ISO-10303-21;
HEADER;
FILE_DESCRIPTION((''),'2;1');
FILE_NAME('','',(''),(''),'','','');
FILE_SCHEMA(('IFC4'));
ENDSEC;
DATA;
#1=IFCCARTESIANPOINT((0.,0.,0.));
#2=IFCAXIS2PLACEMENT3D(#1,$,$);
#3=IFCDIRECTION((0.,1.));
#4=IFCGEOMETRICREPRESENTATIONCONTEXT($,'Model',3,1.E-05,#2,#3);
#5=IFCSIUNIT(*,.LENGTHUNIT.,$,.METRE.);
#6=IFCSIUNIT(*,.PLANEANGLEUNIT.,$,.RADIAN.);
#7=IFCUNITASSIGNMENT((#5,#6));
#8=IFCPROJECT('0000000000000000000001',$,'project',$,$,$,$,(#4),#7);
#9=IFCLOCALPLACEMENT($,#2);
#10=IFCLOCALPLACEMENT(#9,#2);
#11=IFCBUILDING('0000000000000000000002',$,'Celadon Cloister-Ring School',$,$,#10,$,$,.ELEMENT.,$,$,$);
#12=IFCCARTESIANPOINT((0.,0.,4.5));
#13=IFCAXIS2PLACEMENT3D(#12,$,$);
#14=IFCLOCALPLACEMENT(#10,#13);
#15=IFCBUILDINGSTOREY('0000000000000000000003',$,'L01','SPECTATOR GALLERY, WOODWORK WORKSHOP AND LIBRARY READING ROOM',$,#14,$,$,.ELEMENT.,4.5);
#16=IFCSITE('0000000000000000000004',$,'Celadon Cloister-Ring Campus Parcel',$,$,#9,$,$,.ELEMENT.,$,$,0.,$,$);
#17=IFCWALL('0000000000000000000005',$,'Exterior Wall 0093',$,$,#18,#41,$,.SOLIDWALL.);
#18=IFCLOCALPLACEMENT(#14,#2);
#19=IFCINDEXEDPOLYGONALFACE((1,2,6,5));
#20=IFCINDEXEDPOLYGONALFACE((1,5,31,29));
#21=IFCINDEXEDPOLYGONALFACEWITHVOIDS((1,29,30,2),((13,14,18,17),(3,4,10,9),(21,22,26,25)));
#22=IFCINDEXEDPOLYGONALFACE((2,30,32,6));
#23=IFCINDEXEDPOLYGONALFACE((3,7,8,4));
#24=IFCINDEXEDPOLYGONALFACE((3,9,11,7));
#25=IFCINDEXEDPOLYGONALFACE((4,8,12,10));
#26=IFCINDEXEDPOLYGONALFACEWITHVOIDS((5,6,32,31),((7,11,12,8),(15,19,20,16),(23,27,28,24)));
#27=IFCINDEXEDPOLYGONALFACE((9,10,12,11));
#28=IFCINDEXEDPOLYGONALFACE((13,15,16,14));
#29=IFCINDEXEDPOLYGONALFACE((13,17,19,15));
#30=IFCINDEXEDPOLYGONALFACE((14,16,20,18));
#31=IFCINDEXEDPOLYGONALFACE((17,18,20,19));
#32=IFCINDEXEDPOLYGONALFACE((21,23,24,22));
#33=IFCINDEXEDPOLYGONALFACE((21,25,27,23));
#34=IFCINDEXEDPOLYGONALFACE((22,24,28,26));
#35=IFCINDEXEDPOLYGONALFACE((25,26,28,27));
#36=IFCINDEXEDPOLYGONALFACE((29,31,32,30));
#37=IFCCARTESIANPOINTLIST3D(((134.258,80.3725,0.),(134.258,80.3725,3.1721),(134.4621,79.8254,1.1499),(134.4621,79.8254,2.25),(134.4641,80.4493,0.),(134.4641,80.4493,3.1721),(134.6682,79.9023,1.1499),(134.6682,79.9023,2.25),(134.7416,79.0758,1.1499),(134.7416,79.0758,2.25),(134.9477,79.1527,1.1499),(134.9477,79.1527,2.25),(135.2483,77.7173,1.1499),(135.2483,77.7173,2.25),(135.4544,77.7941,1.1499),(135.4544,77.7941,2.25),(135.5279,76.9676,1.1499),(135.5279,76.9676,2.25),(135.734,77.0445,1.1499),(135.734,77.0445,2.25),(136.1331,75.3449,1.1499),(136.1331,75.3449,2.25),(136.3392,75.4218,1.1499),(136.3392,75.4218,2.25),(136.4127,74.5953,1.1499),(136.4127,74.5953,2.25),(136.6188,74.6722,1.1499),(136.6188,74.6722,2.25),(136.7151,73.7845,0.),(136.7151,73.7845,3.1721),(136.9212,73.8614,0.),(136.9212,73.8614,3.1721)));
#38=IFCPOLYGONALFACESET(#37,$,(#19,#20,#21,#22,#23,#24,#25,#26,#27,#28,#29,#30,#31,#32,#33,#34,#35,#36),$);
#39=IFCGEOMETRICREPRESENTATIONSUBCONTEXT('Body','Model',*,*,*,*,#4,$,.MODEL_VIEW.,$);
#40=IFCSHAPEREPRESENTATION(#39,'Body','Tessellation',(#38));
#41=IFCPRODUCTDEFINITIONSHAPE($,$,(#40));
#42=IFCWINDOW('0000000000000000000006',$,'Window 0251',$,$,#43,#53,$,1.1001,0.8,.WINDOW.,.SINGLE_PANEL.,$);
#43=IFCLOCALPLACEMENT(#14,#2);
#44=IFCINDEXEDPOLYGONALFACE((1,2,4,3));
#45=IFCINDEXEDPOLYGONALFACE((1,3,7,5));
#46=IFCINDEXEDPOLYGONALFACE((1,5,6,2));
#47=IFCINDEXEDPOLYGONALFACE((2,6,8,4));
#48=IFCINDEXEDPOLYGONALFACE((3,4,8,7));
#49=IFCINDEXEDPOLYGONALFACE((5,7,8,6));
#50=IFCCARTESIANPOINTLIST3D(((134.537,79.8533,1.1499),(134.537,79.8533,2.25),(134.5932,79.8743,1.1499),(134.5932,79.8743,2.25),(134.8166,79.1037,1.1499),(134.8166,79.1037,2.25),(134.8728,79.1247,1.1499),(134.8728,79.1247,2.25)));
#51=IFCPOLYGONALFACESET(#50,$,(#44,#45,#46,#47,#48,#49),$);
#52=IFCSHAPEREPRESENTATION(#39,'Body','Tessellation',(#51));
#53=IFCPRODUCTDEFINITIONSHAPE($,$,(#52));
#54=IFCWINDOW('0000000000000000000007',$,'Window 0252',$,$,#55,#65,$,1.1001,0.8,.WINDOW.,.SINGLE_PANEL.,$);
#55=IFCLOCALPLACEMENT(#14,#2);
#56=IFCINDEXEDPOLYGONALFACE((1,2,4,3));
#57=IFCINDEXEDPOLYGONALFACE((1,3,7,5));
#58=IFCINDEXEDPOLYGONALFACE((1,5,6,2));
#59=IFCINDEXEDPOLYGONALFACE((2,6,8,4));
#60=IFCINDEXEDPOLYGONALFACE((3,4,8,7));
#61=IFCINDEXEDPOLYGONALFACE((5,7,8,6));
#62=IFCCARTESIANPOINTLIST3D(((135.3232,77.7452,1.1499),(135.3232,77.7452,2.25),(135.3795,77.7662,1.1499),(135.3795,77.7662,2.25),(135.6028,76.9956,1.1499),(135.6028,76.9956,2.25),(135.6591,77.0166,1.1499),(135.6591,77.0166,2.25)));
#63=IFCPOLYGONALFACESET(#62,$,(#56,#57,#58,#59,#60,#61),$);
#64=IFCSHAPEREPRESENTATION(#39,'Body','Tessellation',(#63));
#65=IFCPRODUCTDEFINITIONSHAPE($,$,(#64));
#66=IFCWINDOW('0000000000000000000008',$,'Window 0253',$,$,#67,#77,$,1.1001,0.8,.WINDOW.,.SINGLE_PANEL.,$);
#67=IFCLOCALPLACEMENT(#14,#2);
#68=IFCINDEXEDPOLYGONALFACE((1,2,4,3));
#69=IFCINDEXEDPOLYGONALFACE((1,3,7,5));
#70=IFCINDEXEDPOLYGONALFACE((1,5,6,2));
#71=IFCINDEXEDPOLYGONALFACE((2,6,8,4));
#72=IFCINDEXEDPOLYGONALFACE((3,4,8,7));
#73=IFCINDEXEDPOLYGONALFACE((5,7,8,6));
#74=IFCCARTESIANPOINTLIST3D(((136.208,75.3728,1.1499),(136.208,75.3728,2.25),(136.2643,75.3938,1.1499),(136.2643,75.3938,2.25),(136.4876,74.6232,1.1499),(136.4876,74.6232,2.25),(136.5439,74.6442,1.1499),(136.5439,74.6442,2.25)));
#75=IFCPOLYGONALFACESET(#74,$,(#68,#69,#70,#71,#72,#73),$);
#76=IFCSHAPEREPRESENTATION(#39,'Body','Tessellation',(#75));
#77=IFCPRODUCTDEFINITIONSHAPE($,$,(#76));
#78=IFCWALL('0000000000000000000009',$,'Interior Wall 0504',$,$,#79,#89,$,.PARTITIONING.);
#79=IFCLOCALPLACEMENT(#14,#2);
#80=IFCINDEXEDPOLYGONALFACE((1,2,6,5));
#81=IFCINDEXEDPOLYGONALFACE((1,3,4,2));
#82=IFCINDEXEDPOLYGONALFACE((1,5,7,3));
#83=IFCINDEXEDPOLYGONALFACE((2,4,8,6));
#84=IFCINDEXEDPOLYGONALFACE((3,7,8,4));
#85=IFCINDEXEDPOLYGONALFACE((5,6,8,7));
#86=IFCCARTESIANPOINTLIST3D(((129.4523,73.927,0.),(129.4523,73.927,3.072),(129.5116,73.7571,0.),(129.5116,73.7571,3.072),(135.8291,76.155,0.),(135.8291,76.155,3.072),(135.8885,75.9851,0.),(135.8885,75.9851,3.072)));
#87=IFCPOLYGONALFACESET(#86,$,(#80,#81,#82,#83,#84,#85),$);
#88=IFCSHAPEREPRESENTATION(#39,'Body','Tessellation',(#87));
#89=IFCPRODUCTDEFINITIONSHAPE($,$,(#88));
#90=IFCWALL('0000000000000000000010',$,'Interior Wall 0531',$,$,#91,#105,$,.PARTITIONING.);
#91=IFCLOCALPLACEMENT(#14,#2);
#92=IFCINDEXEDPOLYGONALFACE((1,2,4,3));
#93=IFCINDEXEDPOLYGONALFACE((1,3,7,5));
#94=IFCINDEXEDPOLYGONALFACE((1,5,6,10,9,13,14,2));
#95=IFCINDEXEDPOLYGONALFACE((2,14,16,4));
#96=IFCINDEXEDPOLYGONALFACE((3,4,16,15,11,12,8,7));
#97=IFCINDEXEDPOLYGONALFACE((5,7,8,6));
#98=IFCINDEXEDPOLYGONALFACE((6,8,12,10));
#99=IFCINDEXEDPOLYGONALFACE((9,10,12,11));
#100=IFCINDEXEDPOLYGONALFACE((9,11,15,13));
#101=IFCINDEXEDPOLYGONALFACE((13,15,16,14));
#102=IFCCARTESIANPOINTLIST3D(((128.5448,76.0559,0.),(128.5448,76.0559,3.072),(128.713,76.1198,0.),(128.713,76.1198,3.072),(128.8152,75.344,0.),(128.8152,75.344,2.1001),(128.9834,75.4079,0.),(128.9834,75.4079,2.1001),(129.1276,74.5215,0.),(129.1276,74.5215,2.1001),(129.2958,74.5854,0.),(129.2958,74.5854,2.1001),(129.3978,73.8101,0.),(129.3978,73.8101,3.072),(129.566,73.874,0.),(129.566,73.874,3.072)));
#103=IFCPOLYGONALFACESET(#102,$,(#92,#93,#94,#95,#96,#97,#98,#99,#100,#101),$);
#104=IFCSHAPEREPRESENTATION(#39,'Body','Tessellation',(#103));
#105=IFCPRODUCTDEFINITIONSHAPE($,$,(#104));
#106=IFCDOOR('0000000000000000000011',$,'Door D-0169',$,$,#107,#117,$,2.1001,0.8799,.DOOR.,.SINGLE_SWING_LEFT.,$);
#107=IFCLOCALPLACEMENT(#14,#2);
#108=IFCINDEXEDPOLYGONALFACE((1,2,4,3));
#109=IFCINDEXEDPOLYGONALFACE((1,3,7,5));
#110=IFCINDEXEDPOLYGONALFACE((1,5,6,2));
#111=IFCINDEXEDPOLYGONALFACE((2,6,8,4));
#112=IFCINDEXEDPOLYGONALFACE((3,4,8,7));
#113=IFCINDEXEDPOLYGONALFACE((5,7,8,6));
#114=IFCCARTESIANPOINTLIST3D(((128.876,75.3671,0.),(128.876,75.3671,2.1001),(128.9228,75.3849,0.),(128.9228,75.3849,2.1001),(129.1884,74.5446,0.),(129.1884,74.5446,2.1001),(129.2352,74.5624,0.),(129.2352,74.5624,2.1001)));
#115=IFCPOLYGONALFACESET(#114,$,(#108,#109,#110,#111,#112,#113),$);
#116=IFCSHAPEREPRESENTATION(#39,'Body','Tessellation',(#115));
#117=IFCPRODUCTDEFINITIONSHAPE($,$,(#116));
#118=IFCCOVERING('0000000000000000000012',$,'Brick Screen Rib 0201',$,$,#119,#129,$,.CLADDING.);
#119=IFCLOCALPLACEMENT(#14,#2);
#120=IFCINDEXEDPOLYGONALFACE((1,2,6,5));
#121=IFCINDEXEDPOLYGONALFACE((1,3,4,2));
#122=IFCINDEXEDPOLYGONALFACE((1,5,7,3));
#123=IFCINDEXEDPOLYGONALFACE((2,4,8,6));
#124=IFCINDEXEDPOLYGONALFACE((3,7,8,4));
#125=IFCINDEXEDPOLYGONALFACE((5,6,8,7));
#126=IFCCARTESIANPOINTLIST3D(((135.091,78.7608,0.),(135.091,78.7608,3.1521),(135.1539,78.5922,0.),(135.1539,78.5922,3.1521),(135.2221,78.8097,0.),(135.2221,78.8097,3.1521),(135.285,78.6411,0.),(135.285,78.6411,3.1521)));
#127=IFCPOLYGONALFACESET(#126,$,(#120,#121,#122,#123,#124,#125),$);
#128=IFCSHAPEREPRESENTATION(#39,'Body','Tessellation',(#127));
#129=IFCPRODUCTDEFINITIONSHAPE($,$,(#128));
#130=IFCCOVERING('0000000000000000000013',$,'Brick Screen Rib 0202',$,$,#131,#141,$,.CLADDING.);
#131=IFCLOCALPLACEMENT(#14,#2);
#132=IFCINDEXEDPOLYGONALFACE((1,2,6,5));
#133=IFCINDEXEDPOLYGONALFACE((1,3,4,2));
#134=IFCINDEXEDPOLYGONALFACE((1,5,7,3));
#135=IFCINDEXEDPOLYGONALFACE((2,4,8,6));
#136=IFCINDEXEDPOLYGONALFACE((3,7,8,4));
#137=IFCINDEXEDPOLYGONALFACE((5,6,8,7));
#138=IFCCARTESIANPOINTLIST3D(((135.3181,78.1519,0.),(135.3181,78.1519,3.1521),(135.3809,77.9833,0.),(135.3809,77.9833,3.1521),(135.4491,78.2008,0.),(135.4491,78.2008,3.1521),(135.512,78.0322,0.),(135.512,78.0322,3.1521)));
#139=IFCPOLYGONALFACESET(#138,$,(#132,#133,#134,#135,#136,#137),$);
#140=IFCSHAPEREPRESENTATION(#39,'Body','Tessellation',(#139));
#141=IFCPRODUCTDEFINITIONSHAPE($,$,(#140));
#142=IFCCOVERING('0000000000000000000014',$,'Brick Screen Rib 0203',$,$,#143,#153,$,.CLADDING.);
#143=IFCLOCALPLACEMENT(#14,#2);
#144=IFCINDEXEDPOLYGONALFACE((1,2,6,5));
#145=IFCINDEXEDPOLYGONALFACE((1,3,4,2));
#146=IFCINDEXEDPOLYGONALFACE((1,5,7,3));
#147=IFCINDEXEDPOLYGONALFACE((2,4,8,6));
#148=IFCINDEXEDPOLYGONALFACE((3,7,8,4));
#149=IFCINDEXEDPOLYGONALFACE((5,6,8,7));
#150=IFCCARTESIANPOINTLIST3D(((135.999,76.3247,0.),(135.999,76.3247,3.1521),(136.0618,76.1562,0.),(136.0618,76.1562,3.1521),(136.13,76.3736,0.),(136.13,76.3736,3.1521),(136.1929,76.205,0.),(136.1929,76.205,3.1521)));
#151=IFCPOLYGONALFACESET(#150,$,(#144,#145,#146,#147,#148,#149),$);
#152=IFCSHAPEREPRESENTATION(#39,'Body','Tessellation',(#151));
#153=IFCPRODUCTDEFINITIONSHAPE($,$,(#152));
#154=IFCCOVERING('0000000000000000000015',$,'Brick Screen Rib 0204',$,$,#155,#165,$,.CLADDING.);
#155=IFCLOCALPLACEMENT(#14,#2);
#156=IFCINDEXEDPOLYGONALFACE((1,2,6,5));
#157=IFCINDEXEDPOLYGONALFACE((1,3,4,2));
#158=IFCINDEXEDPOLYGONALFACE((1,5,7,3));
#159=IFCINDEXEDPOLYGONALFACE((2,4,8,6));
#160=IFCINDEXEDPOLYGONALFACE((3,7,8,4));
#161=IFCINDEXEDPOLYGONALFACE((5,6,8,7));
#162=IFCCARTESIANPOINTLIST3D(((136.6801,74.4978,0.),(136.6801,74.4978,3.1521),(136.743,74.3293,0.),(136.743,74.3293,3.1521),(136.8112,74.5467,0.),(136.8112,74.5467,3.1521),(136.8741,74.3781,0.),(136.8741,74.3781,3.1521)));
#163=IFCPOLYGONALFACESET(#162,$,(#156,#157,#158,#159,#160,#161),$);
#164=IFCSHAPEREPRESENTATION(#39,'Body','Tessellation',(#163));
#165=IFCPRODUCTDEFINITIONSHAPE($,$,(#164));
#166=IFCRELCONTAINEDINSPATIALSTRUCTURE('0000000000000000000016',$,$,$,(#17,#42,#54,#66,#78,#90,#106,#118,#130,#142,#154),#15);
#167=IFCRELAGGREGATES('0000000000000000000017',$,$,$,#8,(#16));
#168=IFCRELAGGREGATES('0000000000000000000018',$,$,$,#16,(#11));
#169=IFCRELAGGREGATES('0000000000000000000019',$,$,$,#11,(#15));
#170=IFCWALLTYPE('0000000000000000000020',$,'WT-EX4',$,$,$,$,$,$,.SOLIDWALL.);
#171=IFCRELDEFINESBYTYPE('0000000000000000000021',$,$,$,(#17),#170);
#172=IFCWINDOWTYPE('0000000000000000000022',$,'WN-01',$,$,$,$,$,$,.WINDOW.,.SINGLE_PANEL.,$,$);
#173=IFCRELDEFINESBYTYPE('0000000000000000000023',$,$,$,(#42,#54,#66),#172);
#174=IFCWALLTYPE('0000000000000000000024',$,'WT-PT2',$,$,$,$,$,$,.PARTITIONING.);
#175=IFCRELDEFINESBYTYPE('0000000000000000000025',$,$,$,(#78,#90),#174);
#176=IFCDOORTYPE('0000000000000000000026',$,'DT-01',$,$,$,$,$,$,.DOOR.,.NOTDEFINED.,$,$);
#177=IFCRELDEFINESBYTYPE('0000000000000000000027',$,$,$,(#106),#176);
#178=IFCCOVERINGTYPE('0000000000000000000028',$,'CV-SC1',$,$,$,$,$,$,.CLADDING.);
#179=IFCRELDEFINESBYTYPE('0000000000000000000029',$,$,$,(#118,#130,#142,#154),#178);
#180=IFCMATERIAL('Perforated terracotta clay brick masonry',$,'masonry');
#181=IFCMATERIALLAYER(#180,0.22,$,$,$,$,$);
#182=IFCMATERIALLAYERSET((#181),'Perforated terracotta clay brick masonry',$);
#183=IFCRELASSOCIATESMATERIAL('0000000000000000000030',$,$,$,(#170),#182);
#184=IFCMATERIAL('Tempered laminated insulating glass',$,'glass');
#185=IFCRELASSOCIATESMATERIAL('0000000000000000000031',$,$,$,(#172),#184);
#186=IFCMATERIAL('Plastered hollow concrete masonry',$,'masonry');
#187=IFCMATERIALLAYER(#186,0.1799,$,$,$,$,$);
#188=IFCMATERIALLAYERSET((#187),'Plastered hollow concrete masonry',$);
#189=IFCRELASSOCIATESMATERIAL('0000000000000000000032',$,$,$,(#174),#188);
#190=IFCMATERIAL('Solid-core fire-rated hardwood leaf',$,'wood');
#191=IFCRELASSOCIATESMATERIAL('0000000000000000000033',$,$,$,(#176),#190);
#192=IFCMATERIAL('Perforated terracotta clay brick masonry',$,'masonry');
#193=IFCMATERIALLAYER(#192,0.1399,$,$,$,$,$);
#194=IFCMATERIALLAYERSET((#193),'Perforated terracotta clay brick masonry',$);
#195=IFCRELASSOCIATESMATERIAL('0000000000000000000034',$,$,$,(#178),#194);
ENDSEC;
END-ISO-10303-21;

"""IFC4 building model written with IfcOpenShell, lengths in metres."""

from ifc_helpers import new_model, si_unit, direction, frame, frame_2d, origin, origin_2d, place, context, subcontext, project, spatial, rectangle, extrude, material, layer, layer_set, type_object, element, fill, save


model = new_model("IFC4")

# Units and contexts
model_context = context("Model", 3, precision=1e-05, world=origin(), true_north=direction((0.0, 1.0)))
body_context = subcontext(model_context, "Body", "Model", "MODEL_VIEW")
ifc_project = project(units=[si_unit("LENGTHUNIT", "METRE"), si_unit("PLANEANGLEUNIT", "RADIAN")], contexts=[model_context])

# Site, building, storey
site_placement = place(None, origin())
site = spatial("IfcSite", under=ifc_project, at=site_placement, Name="Celadon Cloister-Ring Campus Parcel", CompositionType="ELEMENT", RefElevation=0.0)
building_placement = place(site_placement, origin())
building = spatial("IfcBuilding", under=site, at=building_placement, Name="Celadon Cloister-Ring School", CompositionType="ELEMENT")
storey_placement = place(building_placement, frame((0.0, 0.0, 4.5)))
storey = spatial("IfcBuildingStorey", under=building, at=storey_placement, Name="L01", Description="SPECTATOR GALLERY, WOODWORK WORKSHOP AND LIBRARY READING ROOM", CompositionType="ELEMENT", Elevation=4.5)

# Wall, openings, windows
ifc_material_1 = material(Name="Perforated terracotta clay brick masonry", Category="masonry")
ifc_layer_1 = layer(ifc_material_1, 0.22)
ifc_layer_set_1 = layer_set([ifc_layer_1], Name="Perforated terracotta clay brick masonry")
wall_type_1 = type_object("IfcWallType", Name="WT-EX4", PredefinedType="SOLIDWALL", material=ifc_layer_set_1)
wall_1_placement = place(storey_placement, frame((134.3611, 80.4109, 0.0), z_axis=(0.0, 0.0, 1.0), x_axis=(0.349449, -0.936956, 0.0)))
wall_1 = element("IfcWall", 1, at=wall_1_placement, inside=storey, type_object=wall_type_1, Name="Exterior Wall 0093", PredefinedType="SOLIDWALL", context=body_context, shape_type="SweptSolid", body=[
    extrude(rectangle(XDim=7.0312, YDim=0.22, at=frame_2d((3.5156, 0.0))), origin(), (0.0, 0.0, 1.0), 3.1721),
])
opening_1_placement = place(wall_1_placement, frame((0.584, 0.0, 1.1499)))
opening_1 = element("IfcOpeningElement", 2, at=opening_1_placement, cuts=wall_1, PredefinedType="OPENING", context=body_context, shape_type="SweptSolid", body=[
    extrude(rectangle(XDim=0.8, YDim=1.1001, at=frame_2d((0.3999, 0.55))), frame((0.0, 0.1201, 0.0), z_axis=(0.0, -1.0, 0.0), x_axis=(1.0, 0.0, 0.0)), (0.0, 0.0, 1.0), 0.24),
])
opening_2_placement = place(wall_1_placement, frame((2.834, 0.0, 1.1499)))
opening_2 = element("IfcOpeningElement", 3, at=opening_2_placement, cuts=wall_1, PredefinedType="OPENING", context=body_context, shape_type="SweptSolid", body=[
    extrude(rectangle(XDim=0.8, YDim=1.1001, at=frame_2d((0.3999, 0.55))), frame((0.0, 0.1201, 0.0), z_axis=(0.0, -1.0, 0.0), x_axis=(1.0, 0.0, 0.0)), (0.0, 0.0, 1.0), 0.24),
])
opening_3_placement = place(wall_1_placement, frame((5.366, 0.0, 1.1499)))
opening_3 = element("IfcOpeningElement", 4, at=opening_3_placement, cuts=wall_1, PredefinedType="OPENING", context=body_context, shape_type="SweptSolid", body=[
    extrude(rectangle(XDim=0.8, YDim=1.1001, at=frame_2d((0.3999, 0.55))), frame((0.0, 0.1201, 0.0), z_axis=(0.0, -1.0, 0.0), x_axis=(1.0, 0.0, 0.0)), (0.0, 0.0, 1.0), 0.24),
])
ifc_material_2 = material(Name="Tempered laminated insulating glass", Category="glass")
window_type = type_object("IfcWindowType", Name="WN-01", PartitioningType="SINGLE_PANEL", PredefinedType="WINDOW", material=ifc_material_2)
window_1_placement = place(opening_1_placement, origin())
window_1 = element("IfcWindow", 5, at=window_1_placement, inside=storey, type_object=window_type, Name="Window 0251", OverallHeight=1.1001, OverallWidth=0.8, PartitioningType="SINGLE_PANEL", PredefinedType="WINDOW", context=body_context, shape_type="SweptSolid", body=[
    extrude(rectangle(XDim=0.8, YDim=1.1001, at=frame_2d((0.3999, 0.55))), frame((0.0, 0.03, 0.0), z_axis=(0.0, -1.0, 0.0), x_axis=(1.0, 0.0, 0.0)), (0.0, 0.0, 1.0), 0.0601),
])
fill(opening_1, window_1)
window_2_placement = place(opening_2_placement, origin())
window_2 = element("IfcWindow", 6, at=window_2_placement, inside=storey, type_object=window_type, Name="Window 0252", OverallHeight=1.1001, OverallWidth=0.8, PartitioningType="SINGLE_PANEL", PredefinedType="WINDOW", context=body_context, shape_type="SweptSolid", body=[
    extrude(rectangle(XDim=0.8, YDim=1.1001, at=frame_2d((0.3999, 0.55))), frame((0.0, 0.03, 0.0), z_axis=(0.0, -1.0, 0.0), x_axis=(1.0, 0.0, 0.0)), (0.0, 0.0, 1.0), 0.0601),
])
fill(opening_2, window_2)
window_3_placement = place(opening_3_placement, origin())
window_3 = element("IfcWindow", 7, at=window_3_placement, inside=storey, type_object=window_type, Name="Window 0253", OverallHeight=1.1001, OverallWidth=0.8, PartitioningType="SINGLE_PANEL", PredefinedType="WINDOW", context=body_context, shape_type="SweptSolid", body=[
    extrude(rectangle(XDim=0.8, YDim=1.1001, at=frame_2d((0.3999, 0.55))), frame((0.0, 0.03, 0.0), z_axis=(0.0, -1.0, 0.0), x_axis=(1.0, 0.0, 0.0)), (0.0, 0.0, 1.0), 0.0601),
])
fill(opening_3, window_3)

# Wall
ifc_material_3 = material(Name="Plastered hollow concrete masonry", Category="masonry")
ifc_layer_2 = layer(ifc_material_3, 0.1799)
ifc_layer_set_2 = layer_set([ifc_layer_2], Name="Plastered hollow concrete masonry")
wall_type_2 = type_object("IfcWallType", Name="WT-PT2", PredefinedType="PARTITIONING", material=ifc_layer_set_2)
wall_2_placement = place(storey_placement, frame((129.4819, 73.842, 0.0), z_axis=(0.0, 0.0, 1.0), x_axis=(0.944039, 0.329835, 0.0)))
element("IfcWall", 8, at=wall_2_placement, inside=storey, type_object=wall_type_2, Name="Interior Wall 0504", PredefinedType="PARTITIONING", context=body_context, shape_type="SweptSolid", body=[
    extrude(rectangle(XDim=6.7549, YDim=0.1799, at=frame_2d((3.3774, 0.0))), origin(), (0.0, 0.0, 1.0), 3.072),
])

# Wall, opening, door
wall_3_placement = place(storey_placement, frame((129.4819, 73.842, 0.0), z_axis=(0.0, 0.0, 1.0), x_axis=(-0.355074, 0.934838, 0.0)))
wall_3 = element("IfcWall", 9, at=wall_3_placement, inside=storey, type_object=wall_type_2, Name="Interior Wall 0531", PredefinedType="PARTITIONING", context=body_context, shape_type="SweptSolid", body=[
    extrude(rectangle(XDim=2.4023, YDim=0.1799, at=frame_2d((1.2012, 0.0))), origin(), (0.0, 0.0, 1.0), 3.072),
])
opening_4_placement = place(wall_3_placement, frame((0.761, 0.0, 0.0)))
opening_4 = element("IfcOpeningElement", 10, at=opening_4_placement, cuts=wall_3, PredefinedType="OPENING", context=body_context, shape_type="SweptSolid", body=[
    extrude(rectangle(XDim=0.8799, YDim=2.1001, at=frame_2d((0.4399, 1.05))), frame((0.0, 0.1001, 0.0), z_axis=(0.0, -1.0, 0.0), x_axis=(1.0, 0.0, 0.0)), (0.0, 0.0, 1.0), 0.2),
])
ifc_material_4 = material(Name="Solid-core fire-rated hardwood leaf", Category="wood")
door_type = type_object("IfcDoorType", Name="DT-01", OperationType="NOTDEFINED", PredefinedType="DOOR", material=ifc_material_4)
door_placement = place(opening_4_placement, origin())
door = element("IfcDoor", 11, at=door_placement, inside=storey, type_object=door_type, Name="Door D-0169", OperationType="SINGLE_SWING_LEFT", OverallHeight=2.1001, OverallWidth=0.8799, PredefinedType="DOOR", context=body_context, shape_type="SweptSolid", body=[
    extrude(rectangle(XDim=0.8799, YDim=2.1001, at=frame_2d((0.4399, 1.05))), frame((0.0, 0.0249, 0.0), z_axis=(0.0, -1.0, 0.0), x_axis=(1.0, 0.0, 0.0)), (0.0, 0.0, 1.0), 0.05),
])
fill(opening_4, door)

# Coverings
ifc_material_5 = material(Name="Perforated terracotta clay brick masonry", Category="masonry")
ifc_layer_3 = layer(ifc_material_5, 0.1399)
ifc_layer_set_3 = layer_set([ifc_layer_3], Name="Perforated terracotta clay brick masonry")
covering_type = type_object("IfcCoveringType", Name="CV-SC1", PredefinedType="CLADDING", material=ifc_layer_set_3)
for number, where, z_axis, x_axis, name in (
    (12, (135.188, 78.7009, 0.0), (0.0, 0.0, 1.0), (0.349439, -0.936959, 0.0), "Brick Screen Rib 0201"),
    (13, (135.415, 78.092, 0.0), (0.0, 0.0, 1.0), (0.349439, -0.936959, 0.0), "Brick Screen Rib 0202"),
    (14, (136.0959, 76.2649, 0.0), (0.0, 0.0, 1.0), (0.349439, -0.936959, 0.0), "Brick Screen Rib 0203"),
    (15, (136.7771, 74.438, 0.0), (0.0, 0.0, 1.0), (0.349439, -0.936959, 0.0), "Brick Screen Rib 0204"),
):
    element("IfcCovering", number, at=place(storey_placement, frame(where, z_axis=z_axis, x_axis=x_axis)), inside=storey, type_object=covering_type, Name=name, PredefinedType="CLADDING", context=body_context, shape_type="SweptSolid", body=[
        extrude(rectangle(XDim=0.1799, YDim=0.1399, at=origin_2d()), origin(), (0.0, 0.0, 1.0), 3.1521),
    ])

save(model, "model.ifc")
